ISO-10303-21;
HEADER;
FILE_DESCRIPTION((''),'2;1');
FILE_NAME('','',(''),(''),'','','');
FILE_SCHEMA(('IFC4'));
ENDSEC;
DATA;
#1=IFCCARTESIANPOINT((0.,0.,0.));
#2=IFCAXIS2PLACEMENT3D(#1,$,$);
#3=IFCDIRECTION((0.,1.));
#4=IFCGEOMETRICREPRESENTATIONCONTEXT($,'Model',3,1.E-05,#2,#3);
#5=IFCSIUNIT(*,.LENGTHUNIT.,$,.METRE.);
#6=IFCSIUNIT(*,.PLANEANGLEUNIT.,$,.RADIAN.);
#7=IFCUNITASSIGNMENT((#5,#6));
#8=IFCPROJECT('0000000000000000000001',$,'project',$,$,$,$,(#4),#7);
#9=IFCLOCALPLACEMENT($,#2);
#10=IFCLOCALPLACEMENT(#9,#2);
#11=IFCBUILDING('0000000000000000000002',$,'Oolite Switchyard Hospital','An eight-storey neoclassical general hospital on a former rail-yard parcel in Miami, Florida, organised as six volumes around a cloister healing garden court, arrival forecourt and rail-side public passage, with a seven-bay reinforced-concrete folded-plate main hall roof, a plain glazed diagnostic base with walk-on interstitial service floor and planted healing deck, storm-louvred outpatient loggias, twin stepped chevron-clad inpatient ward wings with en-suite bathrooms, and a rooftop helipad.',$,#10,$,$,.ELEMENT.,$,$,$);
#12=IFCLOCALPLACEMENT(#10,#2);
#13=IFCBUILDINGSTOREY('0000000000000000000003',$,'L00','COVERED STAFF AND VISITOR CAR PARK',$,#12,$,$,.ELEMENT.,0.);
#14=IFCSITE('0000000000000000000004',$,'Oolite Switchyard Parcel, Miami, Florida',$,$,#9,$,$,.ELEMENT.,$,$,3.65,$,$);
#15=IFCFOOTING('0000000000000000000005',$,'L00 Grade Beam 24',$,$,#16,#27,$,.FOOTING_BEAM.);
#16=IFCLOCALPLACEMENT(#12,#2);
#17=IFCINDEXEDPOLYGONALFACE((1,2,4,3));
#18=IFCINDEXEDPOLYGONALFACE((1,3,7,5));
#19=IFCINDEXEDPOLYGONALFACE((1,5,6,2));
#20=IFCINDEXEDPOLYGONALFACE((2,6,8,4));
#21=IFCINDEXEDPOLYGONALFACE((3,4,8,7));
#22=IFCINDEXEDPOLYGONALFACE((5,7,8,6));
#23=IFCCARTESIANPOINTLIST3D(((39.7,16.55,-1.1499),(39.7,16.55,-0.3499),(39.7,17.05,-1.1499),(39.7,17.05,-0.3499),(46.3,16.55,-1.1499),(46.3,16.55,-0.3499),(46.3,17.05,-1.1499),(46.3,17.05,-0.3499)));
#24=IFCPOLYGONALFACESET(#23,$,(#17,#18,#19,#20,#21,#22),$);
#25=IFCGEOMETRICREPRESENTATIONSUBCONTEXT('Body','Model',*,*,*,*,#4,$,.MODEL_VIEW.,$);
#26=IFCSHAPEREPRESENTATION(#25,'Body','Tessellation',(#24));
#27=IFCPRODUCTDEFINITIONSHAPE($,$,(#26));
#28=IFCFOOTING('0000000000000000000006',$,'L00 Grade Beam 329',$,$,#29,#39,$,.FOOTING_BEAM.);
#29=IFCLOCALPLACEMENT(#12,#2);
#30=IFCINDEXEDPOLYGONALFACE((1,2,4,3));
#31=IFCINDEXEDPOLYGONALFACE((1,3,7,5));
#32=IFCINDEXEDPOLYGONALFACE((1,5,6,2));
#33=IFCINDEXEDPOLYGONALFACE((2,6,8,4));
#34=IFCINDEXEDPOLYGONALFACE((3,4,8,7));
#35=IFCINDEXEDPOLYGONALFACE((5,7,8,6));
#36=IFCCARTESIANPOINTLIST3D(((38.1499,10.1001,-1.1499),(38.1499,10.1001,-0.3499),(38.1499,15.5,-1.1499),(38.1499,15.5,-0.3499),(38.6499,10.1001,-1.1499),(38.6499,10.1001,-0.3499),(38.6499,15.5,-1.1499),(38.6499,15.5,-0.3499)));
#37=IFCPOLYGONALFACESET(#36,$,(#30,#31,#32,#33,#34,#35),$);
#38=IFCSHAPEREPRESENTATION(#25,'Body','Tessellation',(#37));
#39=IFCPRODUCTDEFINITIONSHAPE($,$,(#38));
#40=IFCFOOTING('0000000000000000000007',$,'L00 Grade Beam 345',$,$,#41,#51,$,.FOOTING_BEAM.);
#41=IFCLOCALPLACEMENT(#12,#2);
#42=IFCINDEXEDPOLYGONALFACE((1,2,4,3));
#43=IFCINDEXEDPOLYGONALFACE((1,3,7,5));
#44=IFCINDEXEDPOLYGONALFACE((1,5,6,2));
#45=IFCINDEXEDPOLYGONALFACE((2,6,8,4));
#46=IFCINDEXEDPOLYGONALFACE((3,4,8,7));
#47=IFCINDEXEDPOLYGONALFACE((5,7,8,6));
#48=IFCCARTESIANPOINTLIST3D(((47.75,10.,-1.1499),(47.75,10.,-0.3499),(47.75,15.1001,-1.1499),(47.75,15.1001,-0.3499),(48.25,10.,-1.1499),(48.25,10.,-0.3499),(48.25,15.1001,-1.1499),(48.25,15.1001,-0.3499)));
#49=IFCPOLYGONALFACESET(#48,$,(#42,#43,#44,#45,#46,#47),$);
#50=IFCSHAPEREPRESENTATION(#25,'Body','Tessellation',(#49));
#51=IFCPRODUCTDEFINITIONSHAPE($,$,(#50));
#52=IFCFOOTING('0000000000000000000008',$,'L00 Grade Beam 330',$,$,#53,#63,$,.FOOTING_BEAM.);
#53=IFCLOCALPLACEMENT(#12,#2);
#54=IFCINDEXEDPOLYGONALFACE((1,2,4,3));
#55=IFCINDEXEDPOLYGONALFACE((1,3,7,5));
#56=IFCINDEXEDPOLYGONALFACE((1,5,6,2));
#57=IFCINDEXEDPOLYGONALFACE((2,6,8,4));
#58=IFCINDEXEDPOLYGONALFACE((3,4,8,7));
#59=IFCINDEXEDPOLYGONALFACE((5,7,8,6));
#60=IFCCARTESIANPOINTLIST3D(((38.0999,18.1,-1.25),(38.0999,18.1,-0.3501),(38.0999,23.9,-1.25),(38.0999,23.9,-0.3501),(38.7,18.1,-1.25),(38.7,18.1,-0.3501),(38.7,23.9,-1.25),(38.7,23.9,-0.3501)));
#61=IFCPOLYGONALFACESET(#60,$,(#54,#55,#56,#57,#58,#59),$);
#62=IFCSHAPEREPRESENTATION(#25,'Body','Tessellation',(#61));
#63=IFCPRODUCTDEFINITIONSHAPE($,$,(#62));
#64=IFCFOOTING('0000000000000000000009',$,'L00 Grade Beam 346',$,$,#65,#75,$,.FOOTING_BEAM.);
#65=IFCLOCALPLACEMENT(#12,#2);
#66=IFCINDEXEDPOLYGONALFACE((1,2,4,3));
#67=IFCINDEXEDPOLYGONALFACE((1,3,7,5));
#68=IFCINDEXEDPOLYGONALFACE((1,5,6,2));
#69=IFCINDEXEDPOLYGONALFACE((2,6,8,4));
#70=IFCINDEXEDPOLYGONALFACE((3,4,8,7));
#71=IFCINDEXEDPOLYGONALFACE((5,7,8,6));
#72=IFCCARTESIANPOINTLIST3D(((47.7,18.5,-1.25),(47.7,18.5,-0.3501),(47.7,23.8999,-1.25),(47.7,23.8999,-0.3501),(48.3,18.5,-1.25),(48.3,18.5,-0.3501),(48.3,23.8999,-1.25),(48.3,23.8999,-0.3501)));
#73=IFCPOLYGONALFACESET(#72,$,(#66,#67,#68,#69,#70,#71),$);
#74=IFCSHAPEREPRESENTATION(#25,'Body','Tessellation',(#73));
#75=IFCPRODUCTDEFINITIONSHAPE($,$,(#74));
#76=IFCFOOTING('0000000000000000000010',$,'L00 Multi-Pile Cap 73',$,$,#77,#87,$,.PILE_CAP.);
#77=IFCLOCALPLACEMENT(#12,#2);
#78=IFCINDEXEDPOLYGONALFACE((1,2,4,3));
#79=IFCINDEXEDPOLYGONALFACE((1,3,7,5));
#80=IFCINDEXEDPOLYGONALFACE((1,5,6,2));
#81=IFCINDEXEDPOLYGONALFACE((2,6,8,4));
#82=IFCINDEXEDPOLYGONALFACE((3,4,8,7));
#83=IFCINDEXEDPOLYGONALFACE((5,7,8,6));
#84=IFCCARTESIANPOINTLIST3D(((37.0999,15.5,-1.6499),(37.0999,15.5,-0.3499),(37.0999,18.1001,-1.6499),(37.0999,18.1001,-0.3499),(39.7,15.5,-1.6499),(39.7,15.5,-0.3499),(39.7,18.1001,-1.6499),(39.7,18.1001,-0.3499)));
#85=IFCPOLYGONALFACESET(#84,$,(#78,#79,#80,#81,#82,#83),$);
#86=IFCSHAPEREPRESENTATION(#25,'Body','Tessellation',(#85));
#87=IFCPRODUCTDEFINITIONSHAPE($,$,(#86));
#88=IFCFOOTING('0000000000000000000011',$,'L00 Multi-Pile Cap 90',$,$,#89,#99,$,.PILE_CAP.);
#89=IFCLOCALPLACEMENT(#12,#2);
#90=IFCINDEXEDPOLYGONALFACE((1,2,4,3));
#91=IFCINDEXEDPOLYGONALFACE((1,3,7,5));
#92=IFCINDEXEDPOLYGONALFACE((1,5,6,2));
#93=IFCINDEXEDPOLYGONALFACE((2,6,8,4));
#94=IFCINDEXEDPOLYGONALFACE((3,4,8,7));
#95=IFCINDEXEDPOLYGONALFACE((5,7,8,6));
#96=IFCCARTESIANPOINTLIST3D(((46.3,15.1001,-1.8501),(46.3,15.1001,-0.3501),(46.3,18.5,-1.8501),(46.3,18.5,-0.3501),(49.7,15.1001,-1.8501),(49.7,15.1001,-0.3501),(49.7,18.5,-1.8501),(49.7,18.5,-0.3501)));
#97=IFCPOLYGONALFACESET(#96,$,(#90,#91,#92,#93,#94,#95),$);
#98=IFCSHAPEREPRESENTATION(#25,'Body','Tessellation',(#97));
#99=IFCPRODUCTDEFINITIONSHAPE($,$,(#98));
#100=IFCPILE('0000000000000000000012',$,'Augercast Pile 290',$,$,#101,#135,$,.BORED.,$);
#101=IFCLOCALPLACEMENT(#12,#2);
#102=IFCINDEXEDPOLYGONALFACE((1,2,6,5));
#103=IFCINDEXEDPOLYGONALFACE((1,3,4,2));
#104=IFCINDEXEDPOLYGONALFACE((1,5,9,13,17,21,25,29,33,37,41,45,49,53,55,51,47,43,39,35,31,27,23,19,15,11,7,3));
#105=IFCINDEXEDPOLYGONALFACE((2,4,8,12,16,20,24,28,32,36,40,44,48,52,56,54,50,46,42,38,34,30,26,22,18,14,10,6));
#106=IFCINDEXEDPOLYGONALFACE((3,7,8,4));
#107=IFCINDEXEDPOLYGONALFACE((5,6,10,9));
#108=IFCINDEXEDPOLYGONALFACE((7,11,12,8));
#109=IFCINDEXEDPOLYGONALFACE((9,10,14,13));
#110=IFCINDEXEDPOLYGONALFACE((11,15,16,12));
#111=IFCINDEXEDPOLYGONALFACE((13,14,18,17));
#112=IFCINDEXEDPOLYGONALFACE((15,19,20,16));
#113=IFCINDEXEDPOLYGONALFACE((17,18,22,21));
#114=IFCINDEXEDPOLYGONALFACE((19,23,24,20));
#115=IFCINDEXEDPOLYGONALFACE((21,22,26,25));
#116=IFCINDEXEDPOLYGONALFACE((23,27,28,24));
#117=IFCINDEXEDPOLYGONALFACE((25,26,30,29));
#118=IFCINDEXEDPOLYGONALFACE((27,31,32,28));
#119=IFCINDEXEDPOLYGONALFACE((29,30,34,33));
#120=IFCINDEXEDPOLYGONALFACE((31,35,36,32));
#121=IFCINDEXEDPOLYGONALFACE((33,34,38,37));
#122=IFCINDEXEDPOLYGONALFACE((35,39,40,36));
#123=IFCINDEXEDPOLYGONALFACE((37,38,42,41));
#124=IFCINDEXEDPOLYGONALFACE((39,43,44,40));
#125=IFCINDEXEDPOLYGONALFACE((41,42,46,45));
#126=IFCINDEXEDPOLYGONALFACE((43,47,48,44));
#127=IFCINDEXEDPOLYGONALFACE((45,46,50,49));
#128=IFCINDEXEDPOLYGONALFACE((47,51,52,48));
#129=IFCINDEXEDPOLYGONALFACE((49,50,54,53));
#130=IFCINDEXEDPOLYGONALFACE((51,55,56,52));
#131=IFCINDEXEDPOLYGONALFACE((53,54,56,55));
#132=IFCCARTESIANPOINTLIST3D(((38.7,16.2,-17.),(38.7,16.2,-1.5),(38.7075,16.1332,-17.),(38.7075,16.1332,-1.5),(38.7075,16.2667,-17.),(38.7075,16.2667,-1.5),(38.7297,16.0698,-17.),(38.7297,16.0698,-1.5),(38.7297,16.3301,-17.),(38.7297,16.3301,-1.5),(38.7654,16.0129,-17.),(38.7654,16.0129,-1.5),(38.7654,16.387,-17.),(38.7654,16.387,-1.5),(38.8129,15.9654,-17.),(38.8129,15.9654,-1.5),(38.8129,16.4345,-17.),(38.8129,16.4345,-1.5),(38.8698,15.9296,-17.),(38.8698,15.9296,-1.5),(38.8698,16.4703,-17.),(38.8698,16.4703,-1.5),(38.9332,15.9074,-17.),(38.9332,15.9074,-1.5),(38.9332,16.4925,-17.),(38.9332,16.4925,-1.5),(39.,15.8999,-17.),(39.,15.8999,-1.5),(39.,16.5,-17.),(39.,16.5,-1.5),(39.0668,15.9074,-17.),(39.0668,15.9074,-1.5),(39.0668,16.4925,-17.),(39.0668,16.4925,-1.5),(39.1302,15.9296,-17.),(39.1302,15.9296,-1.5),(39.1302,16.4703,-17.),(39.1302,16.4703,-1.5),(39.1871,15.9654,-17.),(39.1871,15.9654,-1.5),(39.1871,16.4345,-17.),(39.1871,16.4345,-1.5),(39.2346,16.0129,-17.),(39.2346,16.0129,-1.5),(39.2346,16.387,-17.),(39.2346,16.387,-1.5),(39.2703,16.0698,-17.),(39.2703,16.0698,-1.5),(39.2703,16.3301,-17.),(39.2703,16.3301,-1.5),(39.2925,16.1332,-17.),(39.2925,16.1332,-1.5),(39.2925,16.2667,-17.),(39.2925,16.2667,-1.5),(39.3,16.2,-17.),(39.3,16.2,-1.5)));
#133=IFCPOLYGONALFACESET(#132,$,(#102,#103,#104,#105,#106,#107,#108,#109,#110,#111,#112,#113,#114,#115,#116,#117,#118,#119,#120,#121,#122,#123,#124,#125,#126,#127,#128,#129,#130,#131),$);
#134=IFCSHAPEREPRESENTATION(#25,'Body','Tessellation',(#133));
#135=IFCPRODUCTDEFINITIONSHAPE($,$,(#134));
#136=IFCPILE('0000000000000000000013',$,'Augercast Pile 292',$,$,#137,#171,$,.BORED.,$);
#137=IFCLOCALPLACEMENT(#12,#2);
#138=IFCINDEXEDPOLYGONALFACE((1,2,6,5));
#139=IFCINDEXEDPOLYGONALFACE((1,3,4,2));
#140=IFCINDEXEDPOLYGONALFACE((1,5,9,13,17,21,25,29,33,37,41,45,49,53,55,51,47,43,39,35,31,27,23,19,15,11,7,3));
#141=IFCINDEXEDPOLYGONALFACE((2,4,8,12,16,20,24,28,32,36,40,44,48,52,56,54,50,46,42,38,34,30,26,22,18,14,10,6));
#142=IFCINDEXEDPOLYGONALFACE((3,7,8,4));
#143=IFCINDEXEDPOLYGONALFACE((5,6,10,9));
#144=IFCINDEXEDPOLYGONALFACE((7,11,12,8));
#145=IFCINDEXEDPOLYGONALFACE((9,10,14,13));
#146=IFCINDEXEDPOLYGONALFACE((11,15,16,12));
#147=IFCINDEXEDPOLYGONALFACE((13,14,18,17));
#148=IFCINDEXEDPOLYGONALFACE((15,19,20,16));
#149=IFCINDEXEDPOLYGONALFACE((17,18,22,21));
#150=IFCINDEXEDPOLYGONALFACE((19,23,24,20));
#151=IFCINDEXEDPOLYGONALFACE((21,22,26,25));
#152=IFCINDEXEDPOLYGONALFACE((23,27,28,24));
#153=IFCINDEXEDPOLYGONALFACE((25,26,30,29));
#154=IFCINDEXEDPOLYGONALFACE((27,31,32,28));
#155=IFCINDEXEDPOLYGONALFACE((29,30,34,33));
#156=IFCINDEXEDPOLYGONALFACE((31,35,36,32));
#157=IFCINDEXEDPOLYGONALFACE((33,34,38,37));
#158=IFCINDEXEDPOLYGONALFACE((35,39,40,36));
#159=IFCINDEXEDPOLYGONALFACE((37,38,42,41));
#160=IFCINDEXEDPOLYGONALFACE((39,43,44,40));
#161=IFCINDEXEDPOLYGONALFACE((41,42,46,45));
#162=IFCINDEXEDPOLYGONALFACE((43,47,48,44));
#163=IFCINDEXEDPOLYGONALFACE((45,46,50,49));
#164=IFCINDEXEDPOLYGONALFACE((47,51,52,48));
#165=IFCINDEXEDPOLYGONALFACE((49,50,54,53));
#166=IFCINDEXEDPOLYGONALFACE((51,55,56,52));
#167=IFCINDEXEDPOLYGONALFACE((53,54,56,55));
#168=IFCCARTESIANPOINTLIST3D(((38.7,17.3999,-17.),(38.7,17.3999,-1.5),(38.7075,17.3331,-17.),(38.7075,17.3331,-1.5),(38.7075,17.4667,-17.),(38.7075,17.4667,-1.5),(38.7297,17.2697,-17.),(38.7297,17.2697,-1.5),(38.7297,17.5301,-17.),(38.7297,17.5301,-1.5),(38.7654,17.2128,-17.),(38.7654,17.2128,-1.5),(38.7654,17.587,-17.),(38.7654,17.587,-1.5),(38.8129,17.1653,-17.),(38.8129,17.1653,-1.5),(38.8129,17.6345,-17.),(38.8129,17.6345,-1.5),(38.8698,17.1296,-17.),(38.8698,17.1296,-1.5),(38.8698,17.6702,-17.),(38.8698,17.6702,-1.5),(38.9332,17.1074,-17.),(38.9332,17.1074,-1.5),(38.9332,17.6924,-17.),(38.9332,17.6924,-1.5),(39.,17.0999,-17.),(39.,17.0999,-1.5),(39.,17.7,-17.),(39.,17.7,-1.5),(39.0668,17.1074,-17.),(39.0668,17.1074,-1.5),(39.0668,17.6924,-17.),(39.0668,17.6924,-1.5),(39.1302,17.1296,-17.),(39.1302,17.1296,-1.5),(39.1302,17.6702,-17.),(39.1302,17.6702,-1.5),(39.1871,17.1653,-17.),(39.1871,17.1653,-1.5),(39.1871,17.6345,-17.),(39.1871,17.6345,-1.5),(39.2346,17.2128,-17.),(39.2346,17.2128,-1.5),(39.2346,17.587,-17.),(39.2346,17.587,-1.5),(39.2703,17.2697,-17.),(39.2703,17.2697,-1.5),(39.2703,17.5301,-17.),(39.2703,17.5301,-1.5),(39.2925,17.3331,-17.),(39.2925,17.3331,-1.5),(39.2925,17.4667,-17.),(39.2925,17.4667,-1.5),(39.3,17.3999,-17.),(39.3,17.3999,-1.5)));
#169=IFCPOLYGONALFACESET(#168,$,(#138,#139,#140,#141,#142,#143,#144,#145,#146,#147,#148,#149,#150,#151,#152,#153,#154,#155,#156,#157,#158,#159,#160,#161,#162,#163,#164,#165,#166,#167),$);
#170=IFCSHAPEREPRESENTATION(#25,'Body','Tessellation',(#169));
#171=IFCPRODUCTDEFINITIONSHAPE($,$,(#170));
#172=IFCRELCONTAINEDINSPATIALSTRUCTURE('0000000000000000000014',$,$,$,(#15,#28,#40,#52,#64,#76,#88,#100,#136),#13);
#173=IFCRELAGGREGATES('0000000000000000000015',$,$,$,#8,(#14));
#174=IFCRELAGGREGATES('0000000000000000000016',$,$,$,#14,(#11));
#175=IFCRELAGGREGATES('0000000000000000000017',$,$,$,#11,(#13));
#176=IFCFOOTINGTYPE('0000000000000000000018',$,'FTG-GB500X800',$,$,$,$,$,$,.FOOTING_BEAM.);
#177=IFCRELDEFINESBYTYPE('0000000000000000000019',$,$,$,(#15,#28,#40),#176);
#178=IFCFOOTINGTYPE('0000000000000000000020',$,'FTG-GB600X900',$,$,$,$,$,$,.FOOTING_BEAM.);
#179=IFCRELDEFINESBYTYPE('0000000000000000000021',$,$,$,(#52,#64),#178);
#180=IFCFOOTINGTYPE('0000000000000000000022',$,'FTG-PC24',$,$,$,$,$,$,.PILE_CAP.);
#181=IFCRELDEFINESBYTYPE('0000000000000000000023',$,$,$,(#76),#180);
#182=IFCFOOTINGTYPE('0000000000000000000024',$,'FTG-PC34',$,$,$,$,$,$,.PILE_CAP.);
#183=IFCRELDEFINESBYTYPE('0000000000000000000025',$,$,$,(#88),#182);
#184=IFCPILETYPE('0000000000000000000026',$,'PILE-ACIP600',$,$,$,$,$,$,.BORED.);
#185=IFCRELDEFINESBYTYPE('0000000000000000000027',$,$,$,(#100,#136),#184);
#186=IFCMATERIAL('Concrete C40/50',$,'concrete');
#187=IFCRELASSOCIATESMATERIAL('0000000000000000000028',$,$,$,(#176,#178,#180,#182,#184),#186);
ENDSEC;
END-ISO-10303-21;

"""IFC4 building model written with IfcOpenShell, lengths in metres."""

from ifc_helpers import new_model, si_unit, direction, frame, origin, origin_2d, place, context, subcontext, project, spatial, rectangle, circle, extrude, material, material_profile, profile_set, type_object, element, save


model = new_model("IFC4")

# Units and contexts
model_context = context("Model", 3, precision=1e-05, world=origin(), true_north=direction((0.0, 1.0)))
body_context = subcontext(model_context, "Body", "Model", "MODEL_VIEW")
ifc_project = project(units=[si_unit("LENGTHUNIT", "METRE"), si_unit("PLANEANGLEUNIT", "RADIAN")], contexts=[model_context])

# Site, building, storey
site_placement = place(None, origin())
site = spatial("IfcSite", under=ifc_project, at=site_placement, Name="Oolite Switchyard Parcel, Miami, Florida", CompositionType="ELEMENT", RefElevation=3.65)
building_placement = place(site_placement, origin())
building = spatial("IfcBuilding", under=site, at=building_placement, Name="Oolite Switchyard Hospital", Description="An eight-storey neoclassical general hospital on a former rail-yard parcel in Miami, Florida, organised as six volumes around a cloister healing garden court, arrival forecourt and rail-side public passage, with a seven-bay reinforced-concrete folded-plate main hall roof, a plain glazed diagnostic base with walk-on interstitial service floor and planted healing deck, storm-louvred outpatient loggias, twin stepped chevron-clad inpatient ward wings with en-suite bathrooms, and a rooftop helipad.", CompositionType="ELEMENT")
storey_placement = place(building_placement, origin())
storey = spatial("IfcBuildingStorey", under=building, at=storey_placement, Name="L00", Description="COVERED STAFF AND VISITOR CAR PARK", CompositionType="ELEMENT", Elevation=0.0)

# Footings
ifc_material_1 = material(Name="Concrete C40/50", Category="concrete")
footing_type_1 = type_object("IfcFootingType", Name="FTG-GB500X800", PredefinedType="FOOTING_BEAM", material=ifc_material_1)
footing_1_placement = place(storey_placement, frame((43.0, 16.8, -1.1499), z_axis=(0.0, 0.0, 1.0), x_axis=(1.0, 0.0, 0.0)))
element("IfcFooting", 1, at=footing_1_placement, inside=storey, type_object=footing_type_1, Name="L00 Grade Beam 24", PredefinedType="FOOTING_BEAM", context=body_context, shape_type="SweptSolid", body=[
    extrude(rectangle(XDim=6.6001, YDim=0.5, at=origin_2d()), origin(), (0.0, 0.0, 1.0), 0.8),
])
footing_2_placement = place(storey_placement, frame((38.3999, 12.8, -1.1499), z_axis=(0.0, 0.0, 1.0), x_axis=(0.0, 1.0, 0.0)))
element("IfcFooting", 2, at=footing_2_placement, inside=storey, type_object=footing_type_1, Name="L00 Grade Beam 329", PredefinedType="FOOTING_BEAM", context=body_context, shape_type="SweptSolid", body=[
    extrude(rectangle(XDim=5.3999, YDim=0.5, at=origin_2d()), origin(), (0.0, 0.0, 1.0), 0.8),
])
footing_3_placement = place(storey_placement, frame((48.0, 12.55, -1.1499), z_axis=(0.0, 0.0, 1.0), x_axis=(0.0, 1.0, 0.0)))
element("IfcFooting", 3, at=footing_3_placement, inside=storey, type_object=footing_type_1, Name="L00 Grade Beam 345", PredefinedType="FOOTING_BEAM", context=body_context, shape_type="SweptSolid", body=[
    extrude(rectangle(XDim=5.1001, YDim=0.5, at=origin_2d()), origin(), (0.0, 0.0, 1.0), 0.8),
])
footing_type_2 = type_object("IfcFootingType", Name="FTG-GB600X900", PredefinedType="FOOTING_BEAM", material=ifc_material_1)
footing_4_placement = place(storey_placement, frame((38.3999, 21.0, -1.25), z_axis=(0.0, 0.0, 1.0), x_axis=(0.0, 1.0, 0.0)))
element("IfcFooting", 4, at=footing_4_placement, inside=storey, type_object=footing_type_2, Name="L00 Grade Beam 330", PredefinedType="FOOTING_BEAM", context=body_context, shape_type="SweptSolid", body=[
    extrude(rectangle(XDim=5.8, YDim=0.6001, at=origin_2d()), origin(), (0.0, 0.0, 1.0), 0.8999),
])
footing_5_placement = place(storey_placement, frame((48.0, 21.2, -1.25), z_axis=(0.0, 0.0, 1.0), x_axis=(0.0, 1.0, 0.0)))
element("IfcFooting", 5, at=footing_5_placement, inside=storey, type_object=footing_type_2, Name="L00 Grade Beam 346", PredefinedType="FOOTING_BEAM", context=body_context, shape_type="SweptSolid", body=[
    extrude(rectangle(XDim=5.3999, YDim=0.6001, at=origin_2d()), origin(), (0.0, 0.0, 1.0), 0.8999),
])
footing_type_3 = type_object("IfcFootingType", Name="FTG-PC24", PredefinedType="PILE_CAP", material=ifc_material_1)
footing_6_placement = place(storey_placement, frame((38.3999, 16.8, -1.6499), z_axis=(0.0, 0.0, 1.0), x_axis=(1.0, 0.0, 0.0)))
element("IfcFooting", 6, at=footing_6_placement, inside=storey, type_object=footing_type_3, Name="L00 Multi-Pile Cap 73", PredefinedType="PILE_CAP", context=body_context, shape_type="SweptSolid", body=[
    extrude(rectangle(XDim=2.6001, YDim=2.6001, at=origin_2d()), origin(), (0.0, 0.0, 1.0), 1.3),
])
footing_type_4 = type_object("IfcFootingType", Name="FTG-PC34", PredefinedType="PILE_CAP", material=ifc_material_1)
footing_7_placement = place(storey_placement, frame((48.0, 16.8, -1.8501), z_axis=(0.0, 0.0, 1.0), x_axis=(1.0, 0.0, 0.0)))
element("IfcFooting", 7, at=footing_7_placement, inside=storey, type_object=footing_type_4, Name="L00 Multi-Pile Cap 90", PredefinedType="PILE_CAP", context=body_context, shape_type="SweptSolid", body=[
    extrude(rectangle(XDim=3.3999, YDim=3.3999, at=origin_2d()), origin(), (0.0, 0.0, 1.0), 1.5),
])

# Piles
ifc_material_profile_1 = material_profile(ifc_material_1, circle(Radius=0.3, at=origin_2d()), Name="PILE600")
ifc_profile_set_1 = profile_set([ifc_material_profile_1], Name="Concrete C40/50")
pile_type = type_object("IfcPileType", Name="PILE-ACIP600", PredefinedType="BORED", material=ifc_profile_set_1)
for number, where, z_axis, x_axis, name in (
    (8, (39.0, 16.2, -1.5), (0.0, 0.0, -1.0), (1.0, 0.0, 0.0), "Augercast Pile 290"),
    (9, (39.0, 17.3999, -1.5), (0.0, 0.0, -1.0), (1.0, 0.0, 0.0), "Augercast Pile 292"),
):
    element("IfcPile", number, at=place(storey_placement, frame(where, z_axis=z_axis, x_axis=x_axis)), inside=storey, type_object=pile_type, Name=name, PredefinedType="BORED", context=body_context, shape_type="SweptSolid", body=[
        extrude(circle(Radius=0.3, at=origin_2d()), origin(), (0.0, 0.0, 1.0), 15.5),
    ])

save(model, "model.ifc")
